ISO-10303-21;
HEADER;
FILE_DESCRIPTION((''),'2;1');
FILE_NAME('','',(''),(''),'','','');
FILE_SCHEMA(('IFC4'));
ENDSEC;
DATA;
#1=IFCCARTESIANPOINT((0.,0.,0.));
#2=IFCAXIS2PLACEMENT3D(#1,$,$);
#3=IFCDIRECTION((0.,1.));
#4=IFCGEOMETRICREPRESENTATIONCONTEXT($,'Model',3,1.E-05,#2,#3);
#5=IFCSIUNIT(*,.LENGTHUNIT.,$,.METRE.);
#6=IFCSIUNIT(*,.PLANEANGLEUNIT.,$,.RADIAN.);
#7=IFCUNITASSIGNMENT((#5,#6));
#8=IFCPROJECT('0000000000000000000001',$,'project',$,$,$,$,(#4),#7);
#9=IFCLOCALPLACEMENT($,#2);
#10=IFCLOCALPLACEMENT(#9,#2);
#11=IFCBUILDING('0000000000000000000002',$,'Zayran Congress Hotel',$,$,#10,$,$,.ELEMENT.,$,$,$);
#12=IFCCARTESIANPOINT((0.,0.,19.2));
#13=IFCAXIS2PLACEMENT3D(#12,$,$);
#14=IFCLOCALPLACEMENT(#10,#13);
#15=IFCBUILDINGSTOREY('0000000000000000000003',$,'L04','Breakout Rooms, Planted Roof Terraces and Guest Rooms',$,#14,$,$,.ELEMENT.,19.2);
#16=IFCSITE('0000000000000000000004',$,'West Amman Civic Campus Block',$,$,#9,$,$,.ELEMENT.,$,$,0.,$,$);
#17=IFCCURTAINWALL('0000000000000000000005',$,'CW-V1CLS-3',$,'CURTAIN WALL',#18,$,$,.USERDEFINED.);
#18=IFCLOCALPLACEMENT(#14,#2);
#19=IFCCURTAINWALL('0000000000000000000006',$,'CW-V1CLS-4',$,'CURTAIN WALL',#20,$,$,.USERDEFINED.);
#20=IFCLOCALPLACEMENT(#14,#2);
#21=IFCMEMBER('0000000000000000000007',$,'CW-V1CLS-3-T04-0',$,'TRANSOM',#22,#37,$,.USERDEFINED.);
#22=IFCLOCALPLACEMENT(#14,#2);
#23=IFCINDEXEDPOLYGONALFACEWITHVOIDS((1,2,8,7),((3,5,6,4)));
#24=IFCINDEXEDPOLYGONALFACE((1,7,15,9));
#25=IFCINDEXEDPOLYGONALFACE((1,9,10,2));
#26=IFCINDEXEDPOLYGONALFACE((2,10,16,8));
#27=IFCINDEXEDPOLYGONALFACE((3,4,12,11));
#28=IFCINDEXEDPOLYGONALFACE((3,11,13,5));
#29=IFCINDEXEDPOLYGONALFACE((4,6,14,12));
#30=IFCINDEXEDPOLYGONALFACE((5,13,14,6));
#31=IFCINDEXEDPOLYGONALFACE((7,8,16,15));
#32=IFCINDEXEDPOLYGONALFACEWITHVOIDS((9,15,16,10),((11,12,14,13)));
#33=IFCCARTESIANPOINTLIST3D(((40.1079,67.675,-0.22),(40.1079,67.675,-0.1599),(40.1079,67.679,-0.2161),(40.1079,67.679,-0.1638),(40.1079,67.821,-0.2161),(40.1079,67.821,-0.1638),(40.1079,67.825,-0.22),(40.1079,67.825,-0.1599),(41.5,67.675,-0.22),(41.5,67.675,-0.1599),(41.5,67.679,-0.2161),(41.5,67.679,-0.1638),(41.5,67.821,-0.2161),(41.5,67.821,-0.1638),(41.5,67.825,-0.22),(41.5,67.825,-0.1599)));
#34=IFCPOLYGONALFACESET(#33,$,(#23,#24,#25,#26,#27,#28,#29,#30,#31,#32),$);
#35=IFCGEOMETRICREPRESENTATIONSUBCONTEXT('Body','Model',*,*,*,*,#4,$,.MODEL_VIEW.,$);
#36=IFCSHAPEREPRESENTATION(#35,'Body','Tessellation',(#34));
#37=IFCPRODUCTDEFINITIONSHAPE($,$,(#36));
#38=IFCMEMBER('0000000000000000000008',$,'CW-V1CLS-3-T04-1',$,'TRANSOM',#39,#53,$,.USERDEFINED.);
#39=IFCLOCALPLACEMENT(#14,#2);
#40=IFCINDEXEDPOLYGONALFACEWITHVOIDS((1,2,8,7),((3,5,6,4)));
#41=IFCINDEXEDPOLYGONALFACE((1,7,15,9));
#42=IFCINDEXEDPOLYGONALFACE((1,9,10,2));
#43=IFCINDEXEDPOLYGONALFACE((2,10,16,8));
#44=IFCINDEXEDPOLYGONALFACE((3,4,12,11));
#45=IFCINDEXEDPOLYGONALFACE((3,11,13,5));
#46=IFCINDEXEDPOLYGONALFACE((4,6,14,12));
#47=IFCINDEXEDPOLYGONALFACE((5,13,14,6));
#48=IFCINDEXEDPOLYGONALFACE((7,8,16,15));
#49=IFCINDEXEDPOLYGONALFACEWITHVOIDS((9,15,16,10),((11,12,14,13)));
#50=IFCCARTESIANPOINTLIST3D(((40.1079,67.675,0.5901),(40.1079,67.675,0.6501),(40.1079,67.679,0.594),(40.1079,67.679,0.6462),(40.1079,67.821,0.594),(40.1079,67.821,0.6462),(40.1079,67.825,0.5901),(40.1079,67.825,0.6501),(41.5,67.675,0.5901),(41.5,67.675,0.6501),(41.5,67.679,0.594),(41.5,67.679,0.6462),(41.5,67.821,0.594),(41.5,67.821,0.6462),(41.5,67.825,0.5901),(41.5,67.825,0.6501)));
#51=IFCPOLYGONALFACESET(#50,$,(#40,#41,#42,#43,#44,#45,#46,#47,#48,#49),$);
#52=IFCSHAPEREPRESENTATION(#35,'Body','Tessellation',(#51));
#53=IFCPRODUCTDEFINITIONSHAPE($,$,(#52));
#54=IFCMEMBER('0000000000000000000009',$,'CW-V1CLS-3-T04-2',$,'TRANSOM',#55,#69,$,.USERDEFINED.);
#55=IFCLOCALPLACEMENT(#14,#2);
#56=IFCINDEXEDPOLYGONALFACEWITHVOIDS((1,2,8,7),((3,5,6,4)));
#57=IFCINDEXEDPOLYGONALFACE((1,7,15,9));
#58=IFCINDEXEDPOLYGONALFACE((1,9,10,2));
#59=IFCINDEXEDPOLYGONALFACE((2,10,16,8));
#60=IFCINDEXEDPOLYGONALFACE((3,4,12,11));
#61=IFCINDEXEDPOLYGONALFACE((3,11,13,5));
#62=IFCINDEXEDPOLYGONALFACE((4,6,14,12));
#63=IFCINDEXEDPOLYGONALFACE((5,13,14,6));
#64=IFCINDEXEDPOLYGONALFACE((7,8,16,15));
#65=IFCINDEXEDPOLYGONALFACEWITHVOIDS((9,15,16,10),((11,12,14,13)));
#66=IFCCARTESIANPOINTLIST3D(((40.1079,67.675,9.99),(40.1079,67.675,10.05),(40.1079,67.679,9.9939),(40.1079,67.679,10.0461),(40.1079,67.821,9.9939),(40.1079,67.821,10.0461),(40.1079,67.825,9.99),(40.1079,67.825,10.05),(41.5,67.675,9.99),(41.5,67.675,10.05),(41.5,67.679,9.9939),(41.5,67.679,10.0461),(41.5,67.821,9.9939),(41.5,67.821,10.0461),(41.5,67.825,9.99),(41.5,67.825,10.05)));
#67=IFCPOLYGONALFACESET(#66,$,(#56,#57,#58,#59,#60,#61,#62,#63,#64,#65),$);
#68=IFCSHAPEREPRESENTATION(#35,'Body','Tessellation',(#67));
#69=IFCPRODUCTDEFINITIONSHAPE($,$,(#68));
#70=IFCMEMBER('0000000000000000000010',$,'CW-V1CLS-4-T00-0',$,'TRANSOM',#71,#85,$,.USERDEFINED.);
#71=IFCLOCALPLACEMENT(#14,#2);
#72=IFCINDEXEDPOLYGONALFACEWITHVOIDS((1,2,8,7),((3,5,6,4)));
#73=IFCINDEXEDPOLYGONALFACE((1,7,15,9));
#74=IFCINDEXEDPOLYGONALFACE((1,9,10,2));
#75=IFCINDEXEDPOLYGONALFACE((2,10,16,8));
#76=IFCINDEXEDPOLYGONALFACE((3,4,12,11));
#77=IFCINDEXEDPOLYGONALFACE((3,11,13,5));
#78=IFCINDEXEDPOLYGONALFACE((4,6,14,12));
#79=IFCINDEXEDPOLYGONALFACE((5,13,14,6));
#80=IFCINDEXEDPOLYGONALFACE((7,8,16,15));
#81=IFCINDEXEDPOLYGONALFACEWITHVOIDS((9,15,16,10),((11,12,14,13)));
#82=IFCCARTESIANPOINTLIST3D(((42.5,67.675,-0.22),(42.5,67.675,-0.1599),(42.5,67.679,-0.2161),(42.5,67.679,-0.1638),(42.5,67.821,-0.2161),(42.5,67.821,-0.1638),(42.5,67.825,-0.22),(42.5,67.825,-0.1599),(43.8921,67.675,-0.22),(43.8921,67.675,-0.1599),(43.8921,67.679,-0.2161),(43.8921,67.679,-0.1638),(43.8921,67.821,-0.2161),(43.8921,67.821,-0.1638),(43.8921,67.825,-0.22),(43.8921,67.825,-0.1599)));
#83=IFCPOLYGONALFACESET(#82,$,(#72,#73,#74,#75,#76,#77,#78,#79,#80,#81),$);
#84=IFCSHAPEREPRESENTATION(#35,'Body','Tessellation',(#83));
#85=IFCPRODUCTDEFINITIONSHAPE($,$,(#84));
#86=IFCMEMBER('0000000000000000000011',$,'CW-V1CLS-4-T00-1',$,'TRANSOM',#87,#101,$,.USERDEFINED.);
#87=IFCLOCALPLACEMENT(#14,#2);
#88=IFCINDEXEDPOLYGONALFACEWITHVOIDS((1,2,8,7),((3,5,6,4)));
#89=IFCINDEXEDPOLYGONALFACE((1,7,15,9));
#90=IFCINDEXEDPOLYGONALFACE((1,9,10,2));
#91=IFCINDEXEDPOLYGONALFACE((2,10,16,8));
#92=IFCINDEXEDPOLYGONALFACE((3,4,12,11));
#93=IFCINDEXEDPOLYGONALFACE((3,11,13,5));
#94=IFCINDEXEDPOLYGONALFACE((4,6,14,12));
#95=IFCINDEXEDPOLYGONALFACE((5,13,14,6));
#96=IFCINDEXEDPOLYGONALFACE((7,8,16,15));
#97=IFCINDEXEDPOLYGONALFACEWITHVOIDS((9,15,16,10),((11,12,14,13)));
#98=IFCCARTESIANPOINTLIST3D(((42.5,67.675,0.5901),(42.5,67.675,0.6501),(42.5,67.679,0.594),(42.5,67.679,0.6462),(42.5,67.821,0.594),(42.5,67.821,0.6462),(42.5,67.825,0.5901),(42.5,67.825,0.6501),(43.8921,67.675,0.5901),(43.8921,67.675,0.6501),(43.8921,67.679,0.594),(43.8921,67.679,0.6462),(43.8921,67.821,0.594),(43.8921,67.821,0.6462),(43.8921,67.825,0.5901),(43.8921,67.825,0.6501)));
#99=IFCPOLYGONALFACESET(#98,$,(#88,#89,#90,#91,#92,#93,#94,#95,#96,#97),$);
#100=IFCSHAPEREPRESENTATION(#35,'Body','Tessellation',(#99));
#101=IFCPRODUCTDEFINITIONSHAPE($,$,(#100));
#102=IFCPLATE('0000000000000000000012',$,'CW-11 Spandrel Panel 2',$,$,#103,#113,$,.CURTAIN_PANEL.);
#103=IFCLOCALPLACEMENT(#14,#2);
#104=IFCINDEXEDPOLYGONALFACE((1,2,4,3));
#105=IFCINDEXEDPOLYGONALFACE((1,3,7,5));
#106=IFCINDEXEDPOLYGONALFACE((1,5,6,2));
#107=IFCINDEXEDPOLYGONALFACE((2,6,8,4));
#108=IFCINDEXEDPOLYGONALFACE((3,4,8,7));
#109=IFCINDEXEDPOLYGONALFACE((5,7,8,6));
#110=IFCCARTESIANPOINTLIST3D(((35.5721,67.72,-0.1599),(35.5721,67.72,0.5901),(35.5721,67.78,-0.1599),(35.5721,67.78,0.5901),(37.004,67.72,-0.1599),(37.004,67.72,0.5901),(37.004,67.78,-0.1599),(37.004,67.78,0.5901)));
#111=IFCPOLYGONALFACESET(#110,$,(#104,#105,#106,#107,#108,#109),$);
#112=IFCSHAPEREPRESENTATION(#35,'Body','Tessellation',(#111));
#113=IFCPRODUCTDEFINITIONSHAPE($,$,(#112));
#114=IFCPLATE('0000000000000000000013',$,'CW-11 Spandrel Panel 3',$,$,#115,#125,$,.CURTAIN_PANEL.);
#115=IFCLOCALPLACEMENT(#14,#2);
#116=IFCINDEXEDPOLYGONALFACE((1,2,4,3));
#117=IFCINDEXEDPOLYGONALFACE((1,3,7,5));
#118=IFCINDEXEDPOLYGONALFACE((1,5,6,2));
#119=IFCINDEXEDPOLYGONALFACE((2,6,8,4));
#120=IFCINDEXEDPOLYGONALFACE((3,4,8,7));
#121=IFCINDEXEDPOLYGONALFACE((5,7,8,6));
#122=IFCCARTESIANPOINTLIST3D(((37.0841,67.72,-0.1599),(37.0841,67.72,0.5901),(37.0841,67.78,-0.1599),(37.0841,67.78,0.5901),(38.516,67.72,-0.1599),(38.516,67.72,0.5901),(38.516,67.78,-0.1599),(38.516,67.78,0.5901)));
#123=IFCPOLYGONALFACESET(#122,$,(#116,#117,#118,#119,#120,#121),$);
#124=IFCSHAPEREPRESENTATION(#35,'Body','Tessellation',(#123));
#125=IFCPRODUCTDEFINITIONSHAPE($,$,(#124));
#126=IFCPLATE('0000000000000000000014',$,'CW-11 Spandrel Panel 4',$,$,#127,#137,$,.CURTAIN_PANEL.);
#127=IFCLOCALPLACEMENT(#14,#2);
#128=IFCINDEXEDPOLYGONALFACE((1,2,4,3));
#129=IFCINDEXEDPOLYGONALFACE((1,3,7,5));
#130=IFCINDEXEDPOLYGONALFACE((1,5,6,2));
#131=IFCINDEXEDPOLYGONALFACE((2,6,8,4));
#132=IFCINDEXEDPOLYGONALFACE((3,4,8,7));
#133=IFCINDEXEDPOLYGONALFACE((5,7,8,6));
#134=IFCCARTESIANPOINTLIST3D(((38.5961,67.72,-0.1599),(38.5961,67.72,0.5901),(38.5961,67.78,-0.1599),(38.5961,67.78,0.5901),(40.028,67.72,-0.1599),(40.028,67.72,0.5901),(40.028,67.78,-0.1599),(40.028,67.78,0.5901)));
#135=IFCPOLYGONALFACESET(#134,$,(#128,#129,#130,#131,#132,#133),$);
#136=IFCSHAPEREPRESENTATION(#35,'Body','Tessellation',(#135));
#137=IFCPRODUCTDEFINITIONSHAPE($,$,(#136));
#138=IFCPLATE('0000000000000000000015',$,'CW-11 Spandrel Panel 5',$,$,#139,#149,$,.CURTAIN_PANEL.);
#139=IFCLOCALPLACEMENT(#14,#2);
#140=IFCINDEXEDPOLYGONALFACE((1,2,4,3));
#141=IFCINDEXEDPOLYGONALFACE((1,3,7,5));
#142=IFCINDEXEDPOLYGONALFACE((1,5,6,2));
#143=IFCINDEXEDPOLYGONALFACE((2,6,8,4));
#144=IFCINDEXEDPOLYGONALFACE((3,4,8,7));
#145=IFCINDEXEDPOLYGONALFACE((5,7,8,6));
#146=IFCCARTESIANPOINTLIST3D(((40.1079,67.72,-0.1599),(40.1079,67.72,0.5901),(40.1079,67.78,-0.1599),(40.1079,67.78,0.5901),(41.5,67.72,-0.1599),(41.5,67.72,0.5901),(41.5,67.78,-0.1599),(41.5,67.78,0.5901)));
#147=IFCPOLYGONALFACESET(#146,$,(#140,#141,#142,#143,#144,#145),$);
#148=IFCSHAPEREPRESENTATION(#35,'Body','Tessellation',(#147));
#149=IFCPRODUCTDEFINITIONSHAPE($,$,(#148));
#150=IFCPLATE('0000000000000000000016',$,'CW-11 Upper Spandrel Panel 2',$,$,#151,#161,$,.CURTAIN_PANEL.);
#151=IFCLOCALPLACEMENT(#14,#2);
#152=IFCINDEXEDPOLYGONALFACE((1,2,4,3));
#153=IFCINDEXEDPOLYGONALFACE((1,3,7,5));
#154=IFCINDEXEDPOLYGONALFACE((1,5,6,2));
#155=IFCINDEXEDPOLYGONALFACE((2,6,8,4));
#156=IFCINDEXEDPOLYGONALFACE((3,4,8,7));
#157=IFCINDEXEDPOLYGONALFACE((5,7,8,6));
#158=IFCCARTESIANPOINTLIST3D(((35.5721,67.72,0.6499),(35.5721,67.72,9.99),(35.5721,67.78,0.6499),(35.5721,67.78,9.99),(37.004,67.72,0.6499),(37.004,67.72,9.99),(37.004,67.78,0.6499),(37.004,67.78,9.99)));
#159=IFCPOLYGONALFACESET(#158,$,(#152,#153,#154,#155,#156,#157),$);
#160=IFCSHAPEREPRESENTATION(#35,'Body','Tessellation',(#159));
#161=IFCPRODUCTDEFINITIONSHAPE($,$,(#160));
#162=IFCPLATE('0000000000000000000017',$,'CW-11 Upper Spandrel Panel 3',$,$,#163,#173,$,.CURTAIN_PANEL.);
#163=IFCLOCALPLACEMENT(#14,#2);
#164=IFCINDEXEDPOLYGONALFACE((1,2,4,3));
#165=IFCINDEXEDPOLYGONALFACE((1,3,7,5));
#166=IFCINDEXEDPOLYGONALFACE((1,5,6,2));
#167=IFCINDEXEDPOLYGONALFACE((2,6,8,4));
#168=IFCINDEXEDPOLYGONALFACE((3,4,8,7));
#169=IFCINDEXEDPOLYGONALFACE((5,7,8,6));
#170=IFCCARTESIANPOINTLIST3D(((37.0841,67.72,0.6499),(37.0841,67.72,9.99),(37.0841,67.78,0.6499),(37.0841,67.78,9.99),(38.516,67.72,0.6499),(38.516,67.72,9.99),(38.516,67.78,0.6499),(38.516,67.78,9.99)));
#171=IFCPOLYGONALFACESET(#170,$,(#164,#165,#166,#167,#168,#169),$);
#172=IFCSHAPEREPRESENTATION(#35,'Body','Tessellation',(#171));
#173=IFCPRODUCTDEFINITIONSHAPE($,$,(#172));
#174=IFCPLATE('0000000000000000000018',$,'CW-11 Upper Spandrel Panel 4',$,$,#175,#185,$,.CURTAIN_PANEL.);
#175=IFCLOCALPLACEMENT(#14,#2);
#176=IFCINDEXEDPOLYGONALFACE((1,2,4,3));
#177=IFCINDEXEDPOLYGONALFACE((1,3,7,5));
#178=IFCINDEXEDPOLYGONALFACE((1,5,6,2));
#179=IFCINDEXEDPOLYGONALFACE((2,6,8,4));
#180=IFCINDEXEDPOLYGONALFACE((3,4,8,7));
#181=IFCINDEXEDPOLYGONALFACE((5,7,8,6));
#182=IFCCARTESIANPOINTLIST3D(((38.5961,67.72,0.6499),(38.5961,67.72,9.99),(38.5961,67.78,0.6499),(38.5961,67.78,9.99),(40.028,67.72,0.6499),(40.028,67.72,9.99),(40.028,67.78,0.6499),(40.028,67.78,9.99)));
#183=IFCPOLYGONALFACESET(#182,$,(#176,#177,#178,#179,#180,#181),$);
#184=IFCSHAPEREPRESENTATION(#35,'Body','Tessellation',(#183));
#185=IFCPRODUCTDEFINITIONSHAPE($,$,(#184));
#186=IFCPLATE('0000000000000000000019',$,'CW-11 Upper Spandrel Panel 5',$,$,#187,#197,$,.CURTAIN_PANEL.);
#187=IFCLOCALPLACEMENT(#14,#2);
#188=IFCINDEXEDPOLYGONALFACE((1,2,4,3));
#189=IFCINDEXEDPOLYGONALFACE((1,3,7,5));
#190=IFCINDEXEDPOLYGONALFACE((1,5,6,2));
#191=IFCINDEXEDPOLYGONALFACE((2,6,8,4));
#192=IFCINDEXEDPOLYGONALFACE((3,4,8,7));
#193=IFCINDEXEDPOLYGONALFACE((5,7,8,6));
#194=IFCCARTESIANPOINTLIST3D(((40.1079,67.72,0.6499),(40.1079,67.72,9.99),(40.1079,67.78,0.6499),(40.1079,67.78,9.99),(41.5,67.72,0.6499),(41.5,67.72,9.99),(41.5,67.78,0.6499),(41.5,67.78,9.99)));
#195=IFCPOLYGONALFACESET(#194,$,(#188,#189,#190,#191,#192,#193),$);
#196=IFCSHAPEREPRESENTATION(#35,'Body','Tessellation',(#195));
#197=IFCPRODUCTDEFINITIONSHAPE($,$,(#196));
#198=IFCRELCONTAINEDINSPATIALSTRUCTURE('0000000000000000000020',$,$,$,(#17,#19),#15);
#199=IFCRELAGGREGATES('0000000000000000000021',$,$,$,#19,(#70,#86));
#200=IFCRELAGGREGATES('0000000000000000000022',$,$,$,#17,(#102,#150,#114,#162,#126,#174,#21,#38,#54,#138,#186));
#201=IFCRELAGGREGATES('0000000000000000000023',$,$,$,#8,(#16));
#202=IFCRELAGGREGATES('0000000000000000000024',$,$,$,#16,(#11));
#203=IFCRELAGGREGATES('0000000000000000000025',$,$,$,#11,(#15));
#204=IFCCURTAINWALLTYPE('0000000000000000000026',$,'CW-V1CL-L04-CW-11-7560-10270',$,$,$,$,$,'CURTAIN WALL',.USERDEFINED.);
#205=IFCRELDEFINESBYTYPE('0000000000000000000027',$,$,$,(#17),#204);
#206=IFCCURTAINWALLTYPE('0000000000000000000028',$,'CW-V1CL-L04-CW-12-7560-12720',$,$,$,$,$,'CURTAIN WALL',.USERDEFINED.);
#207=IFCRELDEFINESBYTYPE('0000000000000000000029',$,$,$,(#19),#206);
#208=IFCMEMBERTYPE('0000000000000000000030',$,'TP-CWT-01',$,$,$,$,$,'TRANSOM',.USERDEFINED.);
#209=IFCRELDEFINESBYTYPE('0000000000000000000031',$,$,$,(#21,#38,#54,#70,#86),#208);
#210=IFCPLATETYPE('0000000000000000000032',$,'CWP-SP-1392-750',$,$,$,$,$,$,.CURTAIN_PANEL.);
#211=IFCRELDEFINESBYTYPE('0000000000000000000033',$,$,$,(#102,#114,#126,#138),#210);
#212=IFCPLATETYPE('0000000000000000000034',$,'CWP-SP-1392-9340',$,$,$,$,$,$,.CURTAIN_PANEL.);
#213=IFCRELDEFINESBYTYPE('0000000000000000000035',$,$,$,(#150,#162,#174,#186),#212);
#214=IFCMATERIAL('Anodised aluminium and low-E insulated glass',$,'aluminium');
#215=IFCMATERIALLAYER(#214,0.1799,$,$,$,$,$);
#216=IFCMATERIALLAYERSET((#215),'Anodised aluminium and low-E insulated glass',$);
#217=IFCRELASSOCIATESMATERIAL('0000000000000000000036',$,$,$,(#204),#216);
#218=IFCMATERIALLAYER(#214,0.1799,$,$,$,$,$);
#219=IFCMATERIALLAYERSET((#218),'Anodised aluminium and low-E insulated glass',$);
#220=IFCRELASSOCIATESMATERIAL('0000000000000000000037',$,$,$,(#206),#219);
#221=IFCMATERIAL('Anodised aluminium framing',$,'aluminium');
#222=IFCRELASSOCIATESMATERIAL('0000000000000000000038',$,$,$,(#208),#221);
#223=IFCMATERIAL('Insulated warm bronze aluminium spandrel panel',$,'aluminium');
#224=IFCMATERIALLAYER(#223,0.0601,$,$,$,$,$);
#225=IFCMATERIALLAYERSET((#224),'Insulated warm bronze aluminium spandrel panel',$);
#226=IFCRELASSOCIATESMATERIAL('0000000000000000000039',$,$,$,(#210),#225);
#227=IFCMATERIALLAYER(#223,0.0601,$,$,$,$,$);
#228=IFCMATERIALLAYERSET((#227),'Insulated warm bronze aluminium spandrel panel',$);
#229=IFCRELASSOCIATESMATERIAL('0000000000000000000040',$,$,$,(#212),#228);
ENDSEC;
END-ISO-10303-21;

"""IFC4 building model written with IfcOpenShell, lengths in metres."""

from ifc_helpers import new_model, si_unit, direction, frame, origin, origin_2d, place, context, subcontext, project, spatial, rectangle, hollow_rectangle, extrude, material, layer, layer_set, material_profile, profile_set, type_object, element, aggregate, save


model = new_model("IFC4")

# Units and contexts
model_context = context("Model", 3, precision=1e-05, world=origin(), true_north=direction((0.0, 1.0)))
body_context = subcontext(model_context, "Body", "Model", "MODEL_VIEW")
ifc_project = project(units=[si_unit("LENGTHUNIT", "METRE"), si_unit("PLANEANGLEUNIT", "RADIAN")], contexts=[model_context])

# Site, building, storey
site_placement = place(None, origin())
site = spatial("IfcSite", under=ifc_project, at=site_placement, Name="West Amman Civic Campus Block", CompositionType="ELEMENT", RefElevation=0.0)
building_placement = place(site_placement, origin())
building = spatial("IfcBuilding", under=site, at=building_placement, Name="Zayran Congress Hotel", CompositionType="ELEMENT")
storey_placement = place(building_placement, frame((0.0, 0.0, 19.2)))
storey = spatial("IfcBuildingStorey", under=building, at=storey_placement, Name="L04", Description="Breakout Rooms, Planted Roof Terraces and Guest Rooms", CompositionType="ELEMENT", Elevation=19.2)

# Curtain wall
ifc_material_1 = material(Name="Anodised aluminium and low-E insulated glass", Category="aluminium")
ifc_layer_1 = layer(ifc_material_1, 0.1799)
ifc_layer_set_1 = layer_set([ifc_layer_1], Name="Anodised aluminium and low-E insulated glass")
curtain_wall_type_1 = type_object("IfcCurtainWallType", Name="CW-V1CL-L04-CW-11-7560-10270", ElementType="CURTAIN WALL", PredefinedType="USERDEFINED", material=ifc_layer_set_1)
curtain_wall_1_placement = place(storey_placement, origin())
curtain_wall_1 = element("IfcCurtainWall", 1, at=curtain_wall_1_placement, inside=storey, type_object=curtain_wall_type_1, Name="CW-V1CLS-3", ObjectType="CURTAIN WALL", PredefinedType="USERDEFINED")
ifc_material_2 = material(Name="Anodised aluminium framing", Category="aluminium")

# Curtain wall
ifc_layer_2 = layer(ifc_material_1, 0.1799)
ifc_layer_set_2 = layer_set([ifc_layer_2], Name="Anodised aluminium and low-E insulated glass")
curtain_wall_type_2 = type_object("IfcCurtainWallType", Name="CW-V1CL-L04-CW-12-7560-12720", ElementType="CURTAIN WALL", PredefinedType="USERDEFINED", material=ifc_layer_set_2)
curtain_wall_2_placement = place(storey_placement, origin())
curtain_wall_2 = element("IfcCurtainWall", 2, at=curtain_wall_2_placement, inside=storey, type_object=curtain_wall_type_2, Name="CW-V1CLS-4", ObjectType="CURTAIN WALL", PredefinedType="USERDEFINED")

# Members
ifc_material_profile_1 = material_profile(ifc_material_2, hollow_rectangle(XDim=0.0601, YDim=0.1499, WallThickness=0.0039, at=origin_2d()), Name="RHS 150x60x4")
ifc_profile_set_1 = profile_set([ifc_material_profile_1], Name="Anodised aluminium framing")
member_type_1 = type_object("IfcMemberType", Name="TP-CWT-01", ElementType="TRANSOM", PredefinedType="USERDEFINED", material=ifc_profile_set_1)
member_1_placement = place(storey_placement, frame((40.1079, 67.75, -0.1899), z_axis=(1.0, 0.0, 0.0), x_axis=(0.0, 0.0, 1.0)))
member_1 = element("IfcMember", 3, at=member_1_placement, type_object=member_type_1, Name="CW-V1CLS-3-T04-0", ObjectType="TRANSOM", PredefinedType="USERDEFINED", context=body_context, shape_type="SweptSolid", body=[
    extrude(hollow_rectangle(XDim=0.0601, YDim=0.1499, WallThickness=0.0039, at=origin_2d()), origin(), (0.0, 0.0, 1.0), 1.3921),
])
member_2_placement = place(storey_placement, frame((40.1079, 67.75, 0.6201), z_axis=(1.0, 0.0, 0.0), x_axis=(0.0, 0.0, 1.0)))
member_2 = element("IfcMember", 4, at=member_2_placement, type_object=member_type_1, Name="CW-V1CLS-3-T04-1", ObjectType="TRANSOM", PredefinedType="USERDEFINED", context=body_context, shape_type="SweptSolid", body=[
    extrude(hollow_rectangle(XDim=0.0601, YDim=0.1499, WallThickness=0.0039, at=origin_2d()), origin(), (0.0, 0.0, 1.0), 1.3921),
])
member_3_placement = place(storey_placement, frame((40.1079, 67.75, 10.02), z_axis=(1.0, 0.0, 0.0), x_axis=(0.0, 0.0, 1.0)))
member_3 = element("IfcMember", 5, at=member_3_placement, type_object=member_type_1, Name="CW-V1CLS-3-T04-2", ObjectType="TRANSOM", PredefinedType="USERDEFINED", context=body_context, shape_type="SweptSolid", body=[
    extrude(hollow_rectangle(XDim=0.0601, YDim=0.1499, WallThickness=0.0039, at=origin_2d()), origin(), (0.0, 0.0, 1.0), 1.3921),
])
member_4_placement = place(storey_placement, frame((42.5, 67.75, -0.1899), z_axis=(1.0, 0.0, 0.0), x_axis=(0.0, 0.0, 1.0)))
member_4 = element("IfcMember", 6, at=member_4_placement, type_object=member_type_1, Name="CW-V1CLS-4-T00-0", ObjectType="TRANSOM", PredefinedType="USERDEFINED", context=body_context, shape_type="SweptSolid", body=[
    extrude(hollow_rectangle(XDim=0.0601, YDim=0.1499, WallThickness=0.0039, at=origin_2d()), origin(), (0.0, 0.0, 1.0), 1.3921),
])
member_5_placement = place(storey_placement, frame((42.5, 67.75, 0.6201), z_axis=(1.0, 0.0, 0.0), x_axis=(0.0, 0.0, 1.0)))
member_5 = element("IfcMember", 7, at=member_5_placement, type_object=member_type_1, Name="CW-V1CLS-4-T00-1", ObjectType="TRANSOM", PredefinedType="USERDEFINED", context=body_context, shape_type="SweptSolid", body=[
    extrude(hollow_rectangle(XDim=0.0601, YDim=0.1499, WallThickness=0.0039, at=origin_2d()), origin(), (0.0, 0.0, 1.0), 1.3921),
])
aggregate(curtain_wall_2, [member_4, member_5])

# Plates
ifc_material_3 = material(Name="Insulated warm bronze aluminium spandrel panel", Category="aluminium")
ifc_layer_3 = layer(ifc_material_3, 0.0601)
ifc_layer_set_3 = layer_set([ifc_layer_3], Name="Insulated warm bronze aluminium spandrel panel")
plate_type_1 = type_object("IfcPlateType", Name="CWP-SP-1392-750", PredefinedType="CURTAIN_PANEL", material=ifc_layer_set_3)
plate_1_placement = place(storey_placement, frame((36.2881, 67.75, -0.1599), z_axis=(0.0, 0.0, 1.0), x_axis=(1.0, 0.0, 0.0)))
plate_1 = element("IfcPlate", 8, at=plate_1_placement, type_object=plate_type_1, Name="CW-11 Spandrel Panel 2", PredefinedType="CURTAIN_PANEL", context=body_context, shape_type="SweptSolid", body=[
    extrude(rectangle(XDim=1.4319, YDim=0.0601, at=origin_2d()), origin(), (0.0, 0.0, 1.0), 0.75),
])
plate_2_placement = place(storey_placement, frame((37.8, 67.75, -0.1599), z_axis=(0.0, 0.0, 1.0), x_axis=(1.0, 0.0, 0.0)))
plate_2 = element("IfcPlate", 9, at=plate_2_placement, type_object=plate_type_1, Name="CW-11 Spandrel Panel 3", PredefinedType="CURTAIN_PANEL", context=body_context, shape_type="SweptSolid", body=[
    extrude(rectangle(XDim=1.4319, YDim=0.0601, at=origin_2d()), origin(), (0.0, 0.0, 1.0), 0.75),
])
plate_3_placement = place(storey_placement, frame((39.312, 67.75, -0.1599), z_axis=(0.0, 0.0, 1.0), x_axis=(1.0, 0.0, 0.0)))
plate_3 = element("IfcPlate", 10, at=plate_3_placement, type_object=plate_type_1, Name="CW-11 Spandrel Panel 4", PredefinedType="CURTAIN_PANEL", context=body_context, shape_type="SweptSolid", body=[
    extrude(rectangle(XDim=1.4319, YDim=0.0601, at=origin_2d()), origin(), (0.0, 0.0, 1.0), 0.75),
])
plate_4_placement = place(storey_placement, frame((40.804, 67.75, -0.1599), z_axis=(0.0, 0.0, 1.0), x_axis=(1.0, 0.0, 0.0)))
plate_4 = element("IfcPlate", 11, at=plate_4_placement, type_object=plate_type_1, Name="CW-11 Spandrel Panel 5", PredefinedType="CURTAIN_PANEL", context=body_context, shape_type="SweptSolid", body=[
    extrude(rectangle(XDim=1.3921, YDim=0.0601, at=origin_2d()), origin(), (0.0, 0.0, 1.0), 0.75),
])
ifc_layer_4 = layer(ifc_material_3, 0.0601)
ifc_layer_set_4 = layer_set([ifc_layer_4], Name="Insulated warm bronze aluminium spandrel panel")
plate_type_2 = type_object("IfcPlateType", Name="CWP-SP-1392-9340", PredefinedType="CURTAIN_PANEL", material=ifc_layer_set_4)
plate_5_placement = place(storey_placement, frame((36.2881, 67.75, 0.6499), z_axis=(0.0, 0.0, 1.0), x_axis=(1.0, 0.0, 0.0)))
plate_5 = element("IfcPlate", 12, at=plate_5_placement, type_object=plate_type_2, Name="CW-11 Upper Spandrel Panel 2", PredefinedType="CURTAIN_PANEL", context=body_context, shape_type="SweptSolid", body=[
    extrude(rectangle(XDim=1.4319, YDim=0.0601, at=origin_2d()), origin(), (0.0, 0.0, 1.0), 9.3401),
])
plate_6_placement = place(storey_placement, frame((37.8, 67.75, 0.6499), z_axis=(0.0, 0.0, 1.0), x_axis=(1.0, 0.0, 0.0)))
plate_6 = element("IfcPlate", 13, at=plate_6_placement, type_object=plate_type_2, Name="CW-11 Upper Spandrel Panel 3", PredefinedType="CURTAIN_PANEL", context=body_context, shape_type="SweptSolid", body=[
    extrude(rectangle(XDim=1.4319, YDim=0.0601, at=origin_2d()), origin(), (0.0, 0.0, 1.0), 9.3401),
])
plate_7_placement = place(storey_placement, frame((39.312, 67.75, 0.6499), z_axis=(0.0, 0.0, 1.0), x_axis=(1.0, 0.0, 0.0)))
plate_7 = element("IfcPlate", 14, at=plate_7_placement, type_object=plate_type_2, Name="CW-11 Upper Spandrel Panel 4", PredefinedType="CURTAIN_PANEL", context=body_context, shape_type="SweptSolid", body=[
    extrude(rectangle(XDim=1.4319, YDim=0.0601, at=origin_2d()), origin(), (0.0, 0.0, 1.0), 9.3401),
])
plate_8_placement = place(storey_placement, frame((40.804, 67.75, 0.6499), z_axis=(0.0, 0.0, 1.0), x_axis=(1.0, 0.0, 0.0)))
plate_8 = element("IfcPlate", 15, at=plate_8_placement, type_object=plate_type_2, Name="CW-11 Upper Spandrel Panel 5", PredefinedType="CURTAIN_PANEL", context=body_context, shape_type="SweptSolid", body=[
    extrude(rectangle(XDim=1.3921, YDim=0.0601, at=origin_2d()), origin(), (0.0, 0.0, 1.0), 9.3401),
])
aggregate(curtain_wall_1, [plate_1, plate_5, plate_2, plate_6, plate_3, plate_7, member_1, member_2, member_3, plate_4, plate_8])

save(model, "model.ifc")
